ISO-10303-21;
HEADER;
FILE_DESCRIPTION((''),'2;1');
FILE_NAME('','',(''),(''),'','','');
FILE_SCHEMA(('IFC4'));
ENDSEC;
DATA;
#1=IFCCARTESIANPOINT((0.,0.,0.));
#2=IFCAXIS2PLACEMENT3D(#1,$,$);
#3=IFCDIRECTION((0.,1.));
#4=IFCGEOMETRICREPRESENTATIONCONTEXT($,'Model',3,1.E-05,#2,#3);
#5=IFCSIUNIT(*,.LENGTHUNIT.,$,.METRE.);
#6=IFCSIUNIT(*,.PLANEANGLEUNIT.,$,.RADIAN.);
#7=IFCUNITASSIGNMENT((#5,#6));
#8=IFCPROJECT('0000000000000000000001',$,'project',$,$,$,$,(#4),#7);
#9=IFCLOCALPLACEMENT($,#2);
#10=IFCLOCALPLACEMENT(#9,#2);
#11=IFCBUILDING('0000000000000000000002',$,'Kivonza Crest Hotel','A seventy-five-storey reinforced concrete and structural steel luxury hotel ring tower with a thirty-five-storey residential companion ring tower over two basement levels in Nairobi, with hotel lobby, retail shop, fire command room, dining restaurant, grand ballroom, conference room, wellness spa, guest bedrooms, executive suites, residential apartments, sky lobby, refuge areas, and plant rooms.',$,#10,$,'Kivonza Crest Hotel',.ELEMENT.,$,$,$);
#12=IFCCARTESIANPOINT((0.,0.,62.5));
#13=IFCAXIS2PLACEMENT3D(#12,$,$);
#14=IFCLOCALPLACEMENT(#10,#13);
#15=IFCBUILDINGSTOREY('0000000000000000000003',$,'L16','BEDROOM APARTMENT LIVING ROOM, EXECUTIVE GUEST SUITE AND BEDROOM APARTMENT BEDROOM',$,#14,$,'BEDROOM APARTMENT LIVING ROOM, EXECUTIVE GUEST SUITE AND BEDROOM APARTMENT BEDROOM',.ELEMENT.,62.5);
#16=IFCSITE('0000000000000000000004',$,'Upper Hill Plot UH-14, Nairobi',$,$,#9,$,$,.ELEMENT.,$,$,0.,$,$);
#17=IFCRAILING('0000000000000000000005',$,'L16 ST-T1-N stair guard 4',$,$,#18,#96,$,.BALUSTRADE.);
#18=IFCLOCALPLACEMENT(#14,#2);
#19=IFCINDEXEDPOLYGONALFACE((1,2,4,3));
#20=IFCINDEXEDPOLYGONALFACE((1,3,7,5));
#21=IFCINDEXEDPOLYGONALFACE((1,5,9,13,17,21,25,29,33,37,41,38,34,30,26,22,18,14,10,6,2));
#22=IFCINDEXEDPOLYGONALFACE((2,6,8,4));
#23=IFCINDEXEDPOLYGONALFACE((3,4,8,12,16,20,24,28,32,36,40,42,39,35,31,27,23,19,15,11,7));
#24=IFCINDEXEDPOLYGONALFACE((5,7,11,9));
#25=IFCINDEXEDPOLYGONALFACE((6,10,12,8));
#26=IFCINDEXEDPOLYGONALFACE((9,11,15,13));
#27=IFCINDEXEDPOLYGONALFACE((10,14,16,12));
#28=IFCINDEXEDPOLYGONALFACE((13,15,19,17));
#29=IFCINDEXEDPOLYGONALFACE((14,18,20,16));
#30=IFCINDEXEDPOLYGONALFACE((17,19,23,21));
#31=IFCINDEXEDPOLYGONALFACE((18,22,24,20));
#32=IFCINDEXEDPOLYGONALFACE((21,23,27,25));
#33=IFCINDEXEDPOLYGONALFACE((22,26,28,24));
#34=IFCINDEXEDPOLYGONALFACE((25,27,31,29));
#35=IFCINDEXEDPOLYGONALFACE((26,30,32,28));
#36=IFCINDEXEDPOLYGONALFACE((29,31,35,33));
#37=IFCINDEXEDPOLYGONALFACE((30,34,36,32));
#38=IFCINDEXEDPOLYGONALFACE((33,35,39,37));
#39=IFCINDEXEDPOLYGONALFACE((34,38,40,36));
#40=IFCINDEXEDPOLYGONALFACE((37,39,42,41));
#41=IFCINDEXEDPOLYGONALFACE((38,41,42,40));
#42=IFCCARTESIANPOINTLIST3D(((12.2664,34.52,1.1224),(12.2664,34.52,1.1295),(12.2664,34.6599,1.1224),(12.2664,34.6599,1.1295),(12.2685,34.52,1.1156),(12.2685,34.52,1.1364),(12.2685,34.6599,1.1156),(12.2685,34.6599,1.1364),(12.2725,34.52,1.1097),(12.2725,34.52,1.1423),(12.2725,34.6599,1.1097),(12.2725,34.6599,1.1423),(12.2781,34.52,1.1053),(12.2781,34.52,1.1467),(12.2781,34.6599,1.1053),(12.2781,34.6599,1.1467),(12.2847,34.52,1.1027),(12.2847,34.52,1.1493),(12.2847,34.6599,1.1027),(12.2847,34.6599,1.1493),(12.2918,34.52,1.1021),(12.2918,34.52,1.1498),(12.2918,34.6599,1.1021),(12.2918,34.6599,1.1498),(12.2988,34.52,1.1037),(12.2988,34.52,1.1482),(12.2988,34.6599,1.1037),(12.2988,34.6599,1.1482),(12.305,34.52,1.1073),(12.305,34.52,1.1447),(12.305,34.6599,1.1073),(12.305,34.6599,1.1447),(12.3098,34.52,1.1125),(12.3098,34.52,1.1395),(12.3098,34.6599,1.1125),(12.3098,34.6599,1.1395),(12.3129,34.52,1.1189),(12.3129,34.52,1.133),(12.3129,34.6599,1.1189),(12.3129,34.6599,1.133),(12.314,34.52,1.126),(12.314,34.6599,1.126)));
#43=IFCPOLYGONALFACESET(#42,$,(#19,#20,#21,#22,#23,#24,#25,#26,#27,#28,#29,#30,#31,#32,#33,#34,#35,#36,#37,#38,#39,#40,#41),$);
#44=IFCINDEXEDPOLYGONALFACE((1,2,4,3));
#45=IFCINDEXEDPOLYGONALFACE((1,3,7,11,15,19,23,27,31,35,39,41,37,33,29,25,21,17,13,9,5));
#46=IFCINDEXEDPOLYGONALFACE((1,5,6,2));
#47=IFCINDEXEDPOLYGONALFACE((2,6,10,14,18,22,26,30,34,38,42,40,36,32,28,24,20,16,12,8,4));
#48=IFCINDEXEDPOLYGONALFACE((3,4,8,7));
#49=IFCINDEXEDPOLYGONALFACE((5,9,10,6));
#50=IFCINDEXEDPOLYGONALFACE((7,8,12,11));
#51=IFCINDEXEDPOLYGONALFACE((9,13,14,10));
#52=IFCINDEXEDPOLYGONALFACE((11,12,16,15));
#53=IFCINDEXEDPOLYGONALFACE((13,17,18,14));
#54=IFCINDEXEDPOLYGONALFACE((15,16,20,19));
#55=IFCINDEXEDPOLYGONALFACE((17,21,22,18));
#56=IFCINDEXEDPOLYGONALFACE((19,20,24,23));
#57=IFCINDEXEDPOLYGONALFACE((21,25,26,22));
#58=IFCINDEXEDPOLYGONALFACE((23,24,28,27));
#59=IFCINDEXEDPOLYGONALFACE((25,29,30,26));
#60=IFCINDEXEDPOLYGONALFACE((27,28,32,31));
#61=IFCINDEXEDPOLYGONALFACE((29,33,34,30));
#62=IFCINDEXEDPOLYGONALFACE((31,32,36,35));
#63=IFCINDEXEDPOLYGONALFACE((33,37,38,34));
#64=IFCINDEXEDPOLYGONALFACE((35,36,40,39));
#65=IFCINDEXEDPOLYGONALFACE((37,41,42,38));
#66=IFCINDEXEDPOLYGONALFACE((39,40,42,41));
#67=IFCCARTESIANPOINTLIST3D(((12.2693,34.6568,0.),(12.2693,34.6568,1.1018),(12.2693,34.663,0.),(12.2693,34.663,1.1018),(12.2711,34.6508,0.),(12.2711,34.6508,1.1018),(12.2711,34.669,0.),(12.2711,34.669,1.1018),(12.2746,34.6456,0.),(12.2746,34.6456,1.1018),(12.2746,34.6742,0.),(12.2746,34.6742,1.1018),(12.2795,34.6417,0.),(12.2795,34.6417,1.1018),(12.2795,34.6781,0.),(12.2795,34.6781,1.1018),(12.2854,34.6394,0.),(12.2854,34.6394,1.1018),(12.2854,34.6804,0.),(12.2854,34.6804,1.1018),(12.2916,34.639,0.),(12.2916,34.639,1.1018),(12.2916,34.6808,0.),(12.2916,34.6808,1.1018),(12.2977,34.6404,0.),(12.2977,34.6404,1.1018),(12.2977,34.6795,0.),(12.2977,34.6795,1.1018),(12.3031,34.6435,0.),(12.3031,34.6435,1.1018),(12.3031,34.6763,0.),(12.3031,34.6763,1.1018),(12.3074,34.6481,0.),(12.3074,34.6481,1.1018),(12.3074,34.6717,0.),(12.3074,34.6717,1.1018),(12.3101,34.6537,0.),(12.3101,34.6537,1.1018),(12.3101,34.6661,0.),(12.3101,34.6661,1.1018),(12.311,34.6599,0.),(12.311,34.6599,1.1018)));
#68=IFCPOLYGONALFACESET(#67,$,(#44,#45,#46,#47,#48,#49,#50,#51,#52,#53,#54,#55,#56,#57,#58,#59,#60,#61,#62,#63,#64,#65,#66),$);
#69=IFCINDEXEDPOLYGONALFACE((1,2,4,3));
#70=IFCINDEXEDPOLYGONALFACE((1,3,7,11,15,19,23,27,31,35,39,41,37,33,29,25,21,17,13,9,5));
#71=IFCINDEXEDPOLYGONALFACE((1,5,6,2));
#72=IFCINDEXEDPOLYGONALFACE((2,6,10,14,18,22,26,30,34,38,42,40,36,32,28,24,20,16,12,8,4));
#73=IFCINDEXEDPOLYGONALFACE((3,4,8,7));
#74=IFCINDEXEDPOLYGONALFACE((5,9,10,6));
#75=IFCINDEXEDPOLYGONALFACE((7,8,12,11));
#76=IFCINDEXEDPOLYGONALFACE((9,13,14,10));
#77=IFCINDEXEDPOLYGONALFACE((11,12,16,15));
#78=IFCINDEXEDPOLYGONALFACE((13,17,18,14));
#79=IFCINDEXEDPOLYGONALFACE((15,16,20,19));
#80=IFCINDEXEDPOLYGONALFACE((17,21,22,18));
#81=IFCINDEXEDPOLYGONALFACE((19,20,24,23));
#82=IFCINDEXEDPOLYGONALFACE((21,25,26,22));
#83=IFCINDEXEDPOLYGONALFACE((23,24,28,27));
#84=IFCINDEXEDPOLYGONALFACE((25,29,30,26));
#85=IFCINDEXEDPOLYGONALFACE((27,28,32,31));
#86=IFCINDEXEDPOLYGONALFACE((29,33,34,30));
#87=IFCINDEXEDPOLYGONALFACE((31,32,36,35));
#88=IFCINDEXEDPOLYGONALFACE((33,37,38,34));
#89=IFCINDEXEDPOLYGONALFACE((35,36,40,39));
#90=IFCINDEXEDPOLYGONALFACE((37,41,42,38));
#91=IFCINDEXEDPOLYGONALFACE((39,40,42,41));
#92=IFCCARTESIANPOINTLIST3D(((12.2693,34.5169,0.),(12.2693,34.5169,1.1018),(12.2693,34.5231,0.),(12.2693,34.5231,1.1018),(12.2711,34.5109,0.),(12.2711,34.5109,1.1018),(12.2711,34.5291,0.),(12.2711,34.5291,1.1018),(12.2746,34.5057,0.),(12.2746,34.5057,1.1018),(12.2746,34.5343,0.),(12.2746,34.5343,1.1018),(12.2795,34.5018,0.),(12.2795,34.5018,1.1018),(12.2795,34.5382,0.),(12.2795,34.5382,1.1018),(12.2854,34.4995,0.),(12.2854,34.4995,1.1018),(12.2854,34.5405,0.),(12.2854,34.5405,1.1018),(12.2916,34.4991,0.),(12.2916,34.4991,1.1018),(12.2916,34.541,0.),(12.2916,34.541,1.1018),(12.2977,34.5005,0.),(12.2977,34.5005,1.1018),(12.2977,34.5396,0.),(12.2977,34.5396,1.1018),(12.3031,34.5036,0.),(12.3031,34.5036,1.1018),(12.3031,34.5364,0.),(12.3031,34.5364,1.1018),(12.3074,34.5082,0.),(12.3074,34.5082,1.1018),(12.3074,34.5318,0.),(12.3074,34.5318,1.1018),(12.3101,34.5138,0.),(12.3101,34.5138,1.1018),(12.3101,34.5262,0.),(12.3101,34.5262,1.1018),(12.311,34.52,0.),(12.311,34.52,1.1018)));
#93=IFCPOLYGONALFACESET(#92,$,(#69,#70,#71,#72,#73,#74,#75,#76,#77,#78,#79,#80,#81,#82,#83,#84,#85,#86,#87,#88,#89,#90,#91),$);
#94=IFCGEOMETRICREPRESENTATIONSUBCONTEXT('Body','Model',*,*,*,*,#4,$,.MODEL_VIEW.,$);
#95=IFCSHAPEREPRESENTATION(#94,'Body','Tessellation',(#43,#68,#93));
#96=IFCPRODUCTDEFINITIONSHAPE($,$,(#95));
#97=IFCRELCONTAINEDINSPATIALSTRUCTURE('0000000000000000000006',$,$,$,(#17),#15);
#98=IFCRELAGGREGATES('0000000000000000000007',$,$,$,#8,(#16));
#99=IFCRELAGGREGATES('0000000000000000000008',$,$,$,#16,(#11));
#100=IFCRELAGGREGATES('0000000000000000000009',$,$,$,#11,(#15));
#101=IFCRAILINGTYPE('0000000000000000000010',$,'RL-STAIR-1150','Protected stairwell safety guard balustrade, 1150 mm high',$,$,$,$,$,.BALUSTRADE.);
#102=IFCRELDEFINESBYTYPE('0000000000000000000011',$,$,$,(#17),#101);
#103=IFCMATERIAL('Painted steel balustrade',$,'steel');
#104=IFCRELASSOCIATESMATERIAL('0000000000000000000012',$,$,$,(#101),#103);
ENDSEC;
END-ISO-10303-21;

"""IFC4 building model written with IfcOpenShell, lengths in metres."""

from ifc_helpers import new_model, si_unit, direction, frame, origin, origin_2d, place, context, subcontext, project, spatial, circle, extrude, material, type_object, element, save


model = new_model("IFC4")

# Units and contexts
model_context = context("Model", 3, precision=1e-05, world=origin(), true_north=direction((0.0, 1.0)))
body_context = subcontext(model_context, "Body", "Model", "MODEL_VIEW")
ifc_project = project(units=[si_unit("LENGTHUNIT", "METRE"), si_unit("PLANEANGLEUNIT", "RADIAN")], contexts=[model_context])

# Site, building, storey
site_placement = place(None, origin())
site = spatial("IfcSite", under=ifc_project, at=site_placement, Name="Upper Hill Plot UH-14, Nairobi", CompositionType="ELEMENT", RefElevation=0.0)
building_placement = place(site_placement, origin())
building = spatial("IfcBuilding", under=site, at=building_placement, Name="Kivonza Crest Hotel", Description="A seventy-five-storey reinforced concrete and structural steel luxury hotel ring tower with a thirty-five-storey residential companion ring tower over two basement levels in Nairobi, with hotel lobby, retail shop, fire command room, dining restaurant, grand ballroom, conference room, wellness spa, guest bedrooms, executive suites, residential apartments, sky lobby, refuge areas, and plant rooms.", LongName="Kivonza Crest Hotel", CompositionType="ELEMENT")
storey_placement = place(building_placement, frame((0.0, 0.0, 62.5)))
storey = spatial("IfcBuildingStorey", under=building, at=storey_placement, Name="L16", Description="BEDROOM APARTMENT LIVING ROOM, EXECUTIVE GUEST SUITE AND BEDROOM APARTMENT BEDROOM", LongName="BEDROOM APARTMENT LIVING ROOM, EXECUTIVE GUEST SUITE AND BEDROOM APARTMENT BEDROOM", CompositionType="ELEMENT", Elevation=62.5)

# Railing
ifc_material_1 = material(Name="Painted steel balustrade", Category="steel")
railing_type_1 = type_object("IfcRailingType", Name="RL-STAIR-1150", Description="Protected stairwell safety guard balustrade, 1150 mm high", PredefinedType="BALUSTRADE", material=ifc_material_1)
railing_1_placement = place(storey_placement, frame((12.29, 34.6599, 0.0)))
element("IfcRailing", 1, at=railing_1_placement, inside=storey, type_object=railing_type_1, Name="L16 ST-T1-N stair guard 4", PredefinedType="BALUSTRADE", context=body_context, shape_type="SweptSolid", body=[
    extrude(circle(Radius=0.0239, at=origin_2d()), frame((0.0, 0.0, 1.126), z_axis=(0.0, -1.0, 0.0), x_axis=(1.0, 0.0, 0.0)), (0.0, 0.0, 1.0), 0.1399),
    extrude(circle(Radius=0.021, at=origin_2d()), origin(), (0.0, 0.0, 1.0), 1.1018),
    extrude(circle(Radius=0.021, at=origin_2d()), frame((0.0, -0.1399, 0.0)), (0.0, 0.0, 1.0), 1.1018),
])

save(model, "model.ifc")
